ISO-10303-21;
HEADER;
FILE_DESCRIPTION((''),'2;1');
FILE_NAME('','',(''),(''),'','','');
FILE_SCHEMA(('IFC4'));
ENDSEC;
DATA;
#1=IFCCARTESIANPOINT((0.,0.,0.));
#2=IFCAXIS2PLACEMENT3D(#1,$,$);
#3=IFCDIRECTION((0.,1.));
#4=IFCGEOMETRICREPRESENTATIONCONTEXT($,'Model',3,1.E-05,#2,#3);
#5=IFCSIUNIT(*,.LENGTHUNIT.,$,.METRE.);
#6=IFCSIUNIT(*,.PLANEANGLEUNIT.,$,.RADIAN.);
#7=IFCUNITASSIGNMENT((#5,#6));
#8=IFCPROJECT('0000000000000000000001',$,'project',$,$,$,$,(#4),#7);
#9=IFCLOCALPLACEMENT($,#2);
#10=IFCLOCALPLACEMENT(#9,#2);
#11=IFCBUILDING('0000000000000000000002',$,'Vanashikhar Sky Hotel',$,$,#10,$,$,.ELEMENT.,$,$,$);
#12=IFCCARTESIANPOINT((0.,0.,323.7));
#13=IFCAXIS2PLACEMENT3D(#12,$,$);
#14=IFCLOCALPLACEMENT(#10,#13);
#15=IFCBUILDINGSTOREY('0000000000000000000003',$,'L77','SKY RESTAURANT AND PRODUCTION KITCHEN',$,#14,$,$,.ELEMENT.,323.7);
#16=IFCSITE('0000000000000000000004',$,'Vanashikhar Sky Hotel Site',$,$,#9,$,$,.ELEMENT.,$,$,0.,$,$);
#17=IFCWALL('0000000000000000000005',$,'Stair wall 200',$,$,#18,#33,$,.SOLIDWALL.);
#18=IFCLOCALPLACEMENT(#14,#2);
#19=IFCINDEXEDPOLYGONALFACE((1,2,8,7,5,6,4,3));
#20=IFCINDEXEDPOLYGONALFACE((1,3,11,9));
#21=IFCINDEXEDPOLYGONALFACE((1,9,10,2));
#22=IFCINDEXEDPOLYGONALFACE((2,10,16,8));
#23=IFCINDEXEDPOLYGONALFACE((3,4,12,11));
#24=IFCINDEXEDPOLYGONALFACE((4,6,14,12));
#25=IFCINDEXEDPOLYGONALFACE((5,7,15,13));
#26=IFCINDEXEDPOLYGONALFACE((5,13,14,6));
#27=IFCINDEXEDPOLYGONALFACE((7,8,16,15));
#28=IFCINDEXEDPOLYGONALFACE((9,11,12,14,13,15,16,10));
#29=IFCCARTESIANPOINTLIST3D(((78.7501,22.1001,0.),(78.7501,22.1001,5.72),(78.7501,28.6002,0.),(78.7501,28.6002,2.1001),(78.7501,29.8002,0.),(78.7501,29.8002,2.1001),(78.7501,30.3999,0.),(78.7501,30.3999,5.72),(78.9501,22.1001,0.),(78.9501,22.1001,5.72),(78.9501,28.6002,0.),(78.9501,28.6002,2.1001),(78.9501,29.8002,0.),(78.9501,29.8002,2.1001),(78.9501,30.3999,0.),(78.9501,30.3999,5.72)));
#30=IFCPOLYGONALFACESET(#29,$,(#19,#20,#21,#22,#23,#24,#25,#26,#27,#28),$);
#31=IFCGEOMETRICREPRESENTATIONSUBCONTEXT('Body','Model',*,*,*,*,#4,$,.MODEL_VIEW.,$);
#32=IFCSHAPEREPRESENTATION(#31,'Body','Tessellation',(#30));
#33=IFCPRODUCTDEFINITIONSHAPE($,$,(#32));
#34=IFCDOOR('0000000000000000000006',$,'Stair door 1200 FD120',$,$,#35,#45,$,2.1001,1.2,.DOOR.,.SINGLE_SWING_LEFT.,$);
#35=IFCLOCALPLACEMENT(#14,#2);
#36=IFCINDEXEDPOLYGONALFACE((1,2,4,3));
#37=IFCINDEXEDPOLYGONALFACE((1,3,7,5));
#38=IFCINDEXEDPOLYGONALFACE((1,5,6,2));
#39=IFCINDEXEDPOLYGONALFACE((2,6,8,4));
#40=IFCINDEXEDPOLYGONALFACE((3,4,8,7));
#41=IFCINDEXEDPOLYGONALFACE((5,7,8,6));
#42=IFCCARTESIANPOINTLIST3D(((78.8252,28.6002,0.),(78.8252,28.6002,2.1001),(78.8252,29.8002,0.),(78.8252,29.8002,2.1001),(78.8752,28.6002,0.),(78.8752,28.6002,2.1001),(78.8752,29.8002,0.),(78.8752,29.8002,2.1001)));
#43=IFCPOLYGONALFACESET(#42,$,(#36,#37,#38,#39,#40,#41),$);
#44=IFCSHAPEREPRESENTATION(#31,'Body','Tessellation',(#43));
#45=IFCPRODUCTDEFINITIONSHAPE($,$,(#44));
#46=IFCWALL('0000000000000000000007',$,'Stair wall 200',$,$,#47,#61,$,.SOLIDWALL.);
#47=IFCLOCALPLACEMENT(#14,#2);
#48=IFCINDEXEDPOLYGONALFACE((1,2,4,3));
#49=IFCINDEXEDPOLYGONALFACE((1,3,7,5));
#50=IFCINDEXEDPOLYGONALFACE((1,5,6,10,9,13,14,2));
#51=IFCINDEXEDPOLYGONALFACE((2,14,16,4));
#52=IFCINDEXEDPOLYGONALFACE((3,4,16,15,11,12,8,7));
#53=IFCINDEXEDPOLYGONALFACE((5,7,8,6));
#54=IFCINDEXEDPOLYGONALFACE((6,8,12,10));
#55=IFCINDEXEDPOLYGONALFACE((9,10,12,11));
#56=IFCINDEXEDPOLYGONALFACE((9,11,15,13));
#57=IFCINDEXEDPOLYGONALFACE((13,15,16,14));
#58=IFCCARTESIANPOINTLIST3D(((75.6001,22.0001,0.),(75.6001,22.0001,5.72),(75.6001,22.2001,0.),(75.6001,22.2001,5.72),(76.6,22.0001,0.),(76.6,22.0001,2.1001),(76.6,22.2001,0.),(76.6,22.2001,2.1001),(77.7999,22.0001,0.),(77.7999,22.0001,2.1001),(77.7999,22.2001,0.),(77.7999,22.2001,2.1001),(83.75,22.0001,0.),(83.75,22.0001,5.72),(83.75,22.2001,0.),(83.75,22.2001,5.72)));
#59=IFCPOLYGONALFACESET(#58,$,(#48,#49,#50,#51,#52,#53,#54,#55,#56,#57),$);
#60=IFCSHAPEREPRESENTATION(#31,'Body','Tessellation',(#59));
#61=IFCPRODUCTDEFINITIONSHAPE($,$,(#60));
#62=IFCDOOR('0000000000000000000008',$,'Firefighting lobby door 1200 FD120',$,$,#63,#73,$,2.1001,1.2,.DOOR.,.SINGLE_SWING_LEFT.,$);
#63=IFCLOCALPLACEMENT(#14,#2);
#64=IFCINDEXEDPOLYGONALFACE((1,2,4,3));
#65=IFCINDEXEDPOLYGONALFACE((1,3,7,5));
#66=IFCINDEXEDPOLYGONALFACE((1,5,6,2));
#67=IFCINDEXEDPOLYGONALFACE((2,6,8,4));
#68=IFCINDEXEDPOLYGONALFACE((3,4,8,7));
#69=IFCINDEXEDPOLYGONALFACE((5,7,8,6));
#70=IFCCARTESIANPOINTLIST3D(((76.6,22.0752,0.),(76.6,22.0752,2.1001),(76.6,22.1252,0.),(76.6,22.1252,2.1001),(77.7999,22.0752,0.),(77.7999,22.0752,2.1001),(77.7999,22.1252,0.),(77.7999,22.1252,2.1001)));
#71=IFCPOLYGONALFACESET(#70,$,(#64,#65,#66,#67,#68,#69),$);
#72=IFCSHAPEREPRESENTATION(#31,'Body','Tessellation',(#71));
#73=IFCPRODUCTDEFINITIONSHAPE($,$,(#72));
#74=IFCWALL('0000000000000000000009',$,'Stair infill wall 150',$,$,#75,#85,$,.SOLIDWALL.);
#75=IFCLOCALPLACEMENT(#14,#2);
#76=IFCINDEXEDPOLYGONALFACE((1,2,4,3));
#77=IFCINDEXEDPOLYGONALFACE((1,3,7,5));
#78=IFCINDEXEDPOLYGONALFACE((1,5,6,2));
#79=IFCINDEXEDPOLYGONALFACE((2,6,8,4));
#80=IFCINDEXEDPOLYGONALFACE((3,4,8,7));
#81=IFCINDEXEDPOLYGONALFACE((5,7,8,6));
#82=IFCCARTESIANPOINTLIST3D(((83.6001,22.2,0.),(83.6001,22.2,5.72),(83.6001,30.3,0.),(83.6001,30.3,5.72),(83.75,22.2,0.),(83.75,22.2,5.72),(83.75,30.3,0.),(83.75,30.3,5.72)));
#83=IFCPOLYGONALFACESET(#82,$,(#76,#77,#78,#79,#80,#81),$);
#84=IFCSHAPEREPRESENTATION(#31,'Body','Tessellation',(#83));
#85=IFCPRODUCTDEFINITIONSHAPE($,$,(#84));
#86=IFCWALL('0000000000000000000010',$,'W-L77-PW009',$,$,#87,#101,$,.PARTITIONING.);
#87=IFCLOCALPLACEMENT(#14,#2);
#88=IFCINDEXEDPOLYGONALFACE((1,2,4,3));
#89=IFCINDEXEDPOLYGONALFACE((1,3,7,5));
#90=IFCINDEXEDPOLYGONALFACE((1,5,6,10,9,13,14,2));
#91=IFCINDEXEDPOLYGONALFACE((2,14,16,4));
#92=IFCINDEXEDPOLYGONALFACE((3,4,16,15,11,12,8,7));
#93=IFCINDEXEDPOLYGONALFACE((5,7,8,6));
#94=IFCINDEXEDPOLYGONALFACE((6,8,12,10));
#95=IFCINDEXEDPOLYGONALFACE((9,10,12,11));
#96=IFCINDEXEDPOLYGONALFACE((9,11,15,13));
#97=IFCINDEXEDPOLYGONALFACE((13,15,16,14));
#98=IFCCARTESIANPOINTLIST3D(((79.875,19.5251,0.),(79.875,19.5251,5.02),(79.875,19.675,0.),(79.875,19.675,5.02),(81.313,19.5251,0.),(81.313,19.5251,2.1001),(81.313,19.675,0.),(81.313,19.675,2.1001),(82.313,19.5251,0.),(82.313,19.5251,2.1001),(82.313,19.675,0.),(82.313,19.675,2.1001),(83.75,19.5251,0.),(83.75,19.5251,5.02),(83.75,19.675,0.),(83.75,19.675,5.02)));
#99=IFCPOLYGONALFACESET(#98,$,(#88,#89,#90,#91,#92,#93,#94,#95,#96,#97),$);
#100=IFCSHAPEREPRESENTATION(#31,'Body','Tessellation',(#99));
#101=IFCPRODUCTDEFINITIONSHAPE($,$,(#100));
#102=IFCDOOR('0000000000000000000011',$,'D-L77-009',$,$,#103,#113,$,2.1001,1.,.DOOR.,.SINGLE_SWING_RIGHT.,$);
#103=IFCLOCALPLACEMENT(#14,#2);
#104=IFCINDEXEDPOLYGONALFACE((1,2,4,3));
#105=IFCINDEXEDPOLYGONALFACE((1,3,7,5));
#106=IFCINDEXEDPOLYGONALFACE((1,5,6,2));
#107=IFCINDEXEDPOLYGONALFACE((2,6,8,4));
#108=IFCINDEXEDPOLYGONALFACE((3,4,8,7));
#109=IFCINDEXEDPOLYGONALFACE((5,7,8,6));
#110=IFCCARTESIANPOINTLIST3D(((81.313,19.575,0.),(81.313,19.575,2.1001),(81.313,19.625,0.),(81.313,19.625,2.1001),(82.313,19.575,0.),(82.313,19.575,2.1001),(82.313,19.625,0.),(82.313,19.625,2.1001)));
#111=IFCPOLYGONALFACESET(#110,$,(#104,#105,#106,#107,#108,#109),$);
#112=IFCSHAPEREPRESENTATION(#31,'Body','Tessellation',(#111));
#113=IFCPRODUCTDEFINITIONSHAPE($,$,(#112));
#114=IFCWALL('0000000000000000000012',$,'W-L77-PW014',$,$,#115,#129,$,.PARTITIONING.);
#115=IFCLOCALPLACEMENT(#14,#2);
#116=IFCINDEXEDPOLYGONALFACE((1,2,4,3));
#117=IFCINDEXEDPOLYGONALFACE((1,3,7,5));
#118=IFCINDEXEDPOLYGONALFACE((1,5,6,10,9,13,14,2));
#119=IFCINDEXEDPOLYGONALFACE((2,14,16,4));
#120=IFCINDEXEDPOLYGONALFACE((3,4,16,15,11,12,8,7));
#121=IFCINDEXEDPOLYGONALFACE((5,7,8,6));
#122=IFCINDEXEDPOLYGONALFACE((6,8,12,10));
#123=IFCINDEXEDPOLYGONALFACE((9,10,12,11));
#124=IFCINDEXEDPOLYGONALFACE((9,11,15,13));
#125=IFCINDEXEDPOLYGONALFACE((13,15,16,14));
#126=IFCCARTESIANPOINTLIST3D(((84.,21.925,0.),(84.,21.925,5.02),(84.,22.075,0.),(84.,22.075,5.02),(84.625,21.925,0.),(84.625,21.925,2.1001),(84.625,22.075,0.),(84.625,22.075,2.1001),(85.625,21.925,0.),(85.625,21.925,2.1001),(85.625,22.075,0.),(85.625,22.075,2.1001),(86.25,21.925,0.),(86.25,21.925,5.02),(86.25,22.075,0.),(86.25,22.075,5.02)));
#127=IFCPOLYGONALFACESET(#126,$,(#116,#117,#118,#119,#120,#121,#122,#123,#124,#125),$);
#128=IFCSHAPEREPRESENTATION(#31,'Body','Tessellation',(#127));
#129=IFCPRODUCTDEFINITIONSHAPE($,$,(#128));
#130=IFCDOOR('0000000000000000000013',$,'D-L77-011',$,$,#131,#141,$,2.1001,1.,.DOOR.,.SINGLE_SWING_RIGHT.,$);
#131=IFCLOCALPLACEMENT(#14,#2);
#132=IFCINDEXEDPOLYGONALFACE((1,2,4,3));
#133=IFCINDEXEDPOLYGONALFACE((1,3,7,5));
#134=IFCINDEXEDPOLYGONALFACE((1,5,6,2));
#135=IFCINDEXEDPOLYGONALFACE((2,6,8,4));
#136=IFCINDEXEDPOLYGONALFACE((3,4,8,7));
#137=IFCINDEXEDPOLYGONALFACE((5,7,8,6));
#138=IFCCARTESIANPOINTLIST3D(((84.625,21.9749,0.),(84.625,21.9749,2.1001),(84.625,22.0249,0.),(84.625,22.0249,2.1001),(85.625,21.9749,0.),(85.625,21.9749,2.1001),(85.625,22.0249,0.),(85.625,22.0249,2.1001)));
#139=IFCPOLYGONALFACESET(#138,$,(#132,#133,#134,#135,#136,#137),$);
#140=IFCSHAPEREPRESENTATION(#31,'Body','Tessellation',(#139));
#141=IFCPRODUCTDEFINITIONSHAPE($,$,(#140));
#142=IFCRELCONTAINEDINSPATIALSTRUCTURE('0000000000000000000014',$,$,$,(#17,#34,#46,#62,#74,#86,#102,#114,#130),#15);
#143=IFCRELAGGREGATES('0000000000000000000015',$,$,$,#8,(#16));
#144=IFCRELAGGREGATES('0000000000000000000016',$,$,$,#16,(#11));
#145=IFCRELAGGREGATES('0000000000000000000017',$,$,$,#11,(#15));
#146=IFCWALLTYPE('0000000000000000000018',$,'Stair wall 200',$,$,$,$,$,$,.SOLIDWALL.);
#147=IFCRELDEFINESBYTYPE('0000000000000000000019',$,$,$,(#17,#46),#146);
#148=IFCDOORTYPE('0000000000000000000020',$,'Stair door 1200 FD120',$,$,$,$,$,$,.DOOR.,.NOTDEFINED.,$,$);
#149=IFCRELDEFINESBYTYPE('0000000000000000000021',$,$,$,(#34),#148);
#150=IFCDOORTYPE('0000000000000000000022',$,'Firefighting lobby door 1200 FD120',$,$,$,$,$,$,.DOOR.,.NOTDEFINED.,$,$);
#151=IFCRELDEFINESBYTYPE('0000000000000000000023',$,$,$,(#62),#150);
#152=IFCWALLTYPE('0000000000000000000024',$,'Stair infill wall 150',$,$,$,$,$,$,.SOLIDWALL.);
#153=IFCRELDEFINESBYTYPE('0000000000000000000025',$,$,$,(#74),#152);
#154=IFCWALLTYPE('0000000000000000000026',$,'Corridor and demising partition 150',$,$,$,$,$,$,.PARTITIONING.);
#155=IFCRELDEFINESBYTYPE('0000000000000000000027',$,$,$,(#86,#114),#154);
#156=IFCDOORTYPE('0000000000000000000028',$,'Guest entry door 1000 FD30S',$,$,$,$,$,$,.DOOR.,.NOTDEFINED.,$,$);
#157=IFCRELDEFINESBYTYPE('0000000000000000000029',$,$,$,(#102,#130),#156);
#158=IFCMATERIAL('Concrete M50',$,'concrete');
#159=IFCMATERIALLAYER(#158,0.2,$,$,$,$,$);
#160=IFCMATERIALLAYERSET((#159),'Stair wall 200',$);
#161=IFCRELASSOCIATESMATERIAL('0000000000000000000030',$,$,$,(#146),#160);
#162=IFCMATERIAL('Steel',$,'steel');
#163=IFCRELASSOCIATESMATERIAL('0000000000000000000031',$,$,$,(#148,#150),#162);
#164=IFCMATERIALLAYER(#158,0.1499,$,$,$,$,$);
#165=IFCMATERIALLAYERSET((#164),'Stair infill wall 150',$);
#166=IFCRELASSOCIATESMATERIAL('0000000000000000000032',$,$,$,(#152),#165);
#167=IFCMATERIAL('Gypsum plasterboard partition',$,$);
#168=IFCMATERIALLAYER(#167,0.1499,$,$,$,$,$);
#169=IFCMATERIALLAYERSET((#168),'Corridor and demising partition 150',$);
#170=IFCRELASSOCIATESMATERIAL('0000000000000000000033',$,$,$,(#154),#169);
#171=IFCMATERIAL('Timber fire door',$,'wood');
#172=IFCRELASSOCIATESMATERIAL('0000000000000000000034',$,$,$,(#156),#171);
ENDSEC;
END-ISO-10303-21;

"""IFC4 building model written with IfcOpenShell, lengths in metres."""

from ifc_helpers import new_model, si_unit, direction, frame, frame_2d, origin, place, context, subcontext, project, spatial, rectangle, extrude, source, transform, mapped, material, layer, layer_set, type_object, element, fill, save


model = new_model("IFC4")

# Units and contexts
model_context = context("Model", 3, precision=1e-05, world=origin(), true_north=direction((0.0, 1.0)))
body_context = subcontext(model_context, "Body", "Model", "MODEL_VIEW")
ifc_project = project(units=[si_unit("LENGTHUNIT", "METRE"), si_unit("PLANEANGLEUNIT", "RADIAN")], contexts=[model_context])

# Site, building, storey
site_placement = place(None, origin())
site = spatial("IfcSite", under=ifc_project, at=site_placement, Name="Vanashikhar Sky Hotel Site", CompositionType="ELEMENT", RefElevation=0.0)
building_placement = place(site_placement, origin())
building = spatial("IfcBuilding", under=site, at=building_placement, Name="Vanashikhar Sky Hotel", CompositionType="ELEMENT")
storey_placement = place(building_placement, frame((0.0, 0.0, 323.7)))
storey = spatial("IfcBuildingStorey", under=building, at=storey_placement, Name="L77", Description="SKY RESTAURANT AND PRODUCTION KITCHEN", CompositionType="ELEMENT", Elevation=323.7)

# Shared definitions
ifc_material_1 = material(Name="Concrete M50", Category="concrete")

# Walls, openings, doors
ifc_layer_1 = layer(ifc_material_1, 0.2)
ifc_layer_set_1 = layer_set([ifc_layer_1], Name="Stair wall 200")
wall_type_1 = type_object("IfcWallType", Name="Stair wall 200", PredefinedType="SOLIDWALL", material=ifc_layer_set_1)
shared_shape_1 = source(origin(), body_context, "Body", "SweptSolid", [
    extrude(rectangle(XDim=8.2998, YDim=0.2, at=frame_2d((4.1499, 0.0))), origin(), (0.0, 0.0, 1.0), 5.72),
])
wall_1_placement = place(storey_placement, frame((78.8501, 22.1001, 0.0), z_axis=(0.0, 0.0, 1.0), x_axis=(0.0, 1.0, 0.0)))
wall_1 = element("IfcWall", 1, at=wall_1_placement, inside=storey, type_object=wall_type_1, Name="Stair wall 200", PredefinedType="SOLIDWALL", context=body_context, shape_type="MappedRepresentation", body=[
    mapped(shared_shape_1, transform((0.0, 0.0, 0.0), scale=1.0)),
])
shared_shape_2 = source(origin(), body_context, "Body", "SweptSolid", [
    extrude(rectangle(XDim=1.2, YDim=2.1001, at=frame_2d((0.6001, 1.05))), frame((0.0, 0.1099, 0.0), z_axis=(0.0, -1.0, 0.0), x_axis=(1.0, 0.0, 0.0)), (0.0, 0.0, 1.0), 0.22),
])
opening_1_placement = place(wall_1_placement, frame((6.5, 0.0, 0.0)))
opening_1 = element("IfcOpeningElement", 2, at=opening_1_placement, cuts=wall_1, PredefinedType="OPENING", context=body_context, shape_type="MappedRepresentation", body=[
    mapped(shared_shape_2, transform((0.0, 0.0, 0.0), scale=1.0)),
])
ifc_material_2 = material(Name="Steel", Category="steel")
door_type_1 = type_object("IfcDoorType", Name="Stair door 1200 FD120", OperationType="NOTDEFINED", PredefinedType="DOOR", material=ifc_material_2)
shared_shape_3 = source(origin(), body_context, "Body", "SweptSolid", [
    extrude(rectangle(XDim=1.2, YDim=2.1001, at=frame_2d((0.6001, 1.05))), frame((0.0, 0.0249, 0.0), z_axis=(0.0, -1.0, 0.0), x_axis=(1.0, 0.0, 0.0)), (0.0, 0.0, 1.0), 0.05),
])
door_1_placement = place(opening_1_placement, origin())
door_1 = element("IfcDoor", 3, at=door_1_placement, inside=storey, type_object=door_type_1, Name="Stair door 1200 FD120", OperationType="SINGLE_SWING_LEFT", OverallHeight=2.1001, OverallWidth=1.2, PredefinedType="DOOR", context=body_context, shape_type="MappedRepresentation", body=[
    mapped(shared_shape_3, transform((0.0, 0.0, 0.0), scale=1.0)),
])
fill(opening_1, door_1)
shared_shape_4 = source(origin(), body_context, "Body", "SweptSolid", [
    extrude(rectangle(XDim=8.1499, YDim=0.2, at=frame_2d((4.075, 0.0))), origin(), (0.0, 0.0, 1.0), 5.72),
])
wall_2_placement = place(storey_placement, frame((83.75, 22.1001, 0.0), z_axis=(0.0, 0.0, 1.0), x_axis=(-1.0, 0.0, 0.0)))
wall_2 = element("IfcWall", 4, at=wall_2_placement, inside=storey, type_object=wall_type_1, Name="Stair wall 200", PredefinedType="SOLIDWALL", context=body_context, shape_type="MappedRepresentation", body=[
    mapped(shared_shape_4, transform((0.0, 0.0, 0.0), scale=1.0)),
])
opening_2_placement = place(wall_2_placement, frame((5.95, 0.0, 0.0)))
opening_2 = element("IfcOpeningElement", 5, at=opening_2_placement, cuts=wall_2, PredefinedType="OPENING", context=body_context, shape_type="MappedRepresentation", body=[
    mapped(shared_shape_2, transform((0.0, 0.0, 0.0), scale=1.0)),
])
door_type_2 = type_object("IfcDoorType", Name="Firefighting lobby door 1200 FD120", OperationType="NOTDEFINED", PredefinedType="DOOR", material=ifc_material_2)
door_2_placement = place(opening_2_placement, origin())
door_2 = element("IfcDoor", 6, at=door_2_placement, inside=storey, type_object=door_type_2, Name="Firefighting lobby door 1200 FD120", OperationType="SINGLE_SWING_LEFT", OverallHeight=2.1001, OverallWidth=1.2, PredefinedType="DOOR", context=body_context, shape_type="MappedRepresentation", body=[
    mapped(shared_shape_3, transform((0.0, 0.0, 0.0), scale=1.0)),
])
fill(opening_2, door_2)

# Wall
ifc_layer_2 = layer(ifc_material_1, 0.1499)
ifc_layer_set_2 = layer_set([ifc_layer_2], Name="Stair infill wall 150")
wall_type_2 = type_object("IfcWallType", Name="Stair infill wall 150", PredefinedType="SOLIDWALL", material=ifc_layer_set_2)
shared_shape_5 = source(origin(), body_context, "Body", "SweptSolid", [
    extrude(rectangle(XDim=8.1001, YDim=0.1499, at=frame_2d((4.05, 0.0))), origin(), (0.0, 0.0, 1.0), 5.72),
])
wall_3_placement = place(storey_placement, frame((83.675, 22.2, 0.0), z_axis=(0.0, 0.0, 1.0), x_axis=(0.0, 1.0, 0.0)))
element("IfcWall", 7, at=wall_3_placement, inside=storey, type_object=wall_type_2, Name="Stair infill wall 150", PredefinedType="SOLIDWALL", context=body_context, shape_type="MappedRepresentation", body=[
    mapped(shared_shape_5, transform((0.0, 0.0, 0.0), scale=1.0)),
])

# Walls, openings, doors
ifc_material_3 = material(Name="Gypsum plasterboard partition")
ifc_layer_3 = layer(ifc_material_3, 0.1499)
ifc_layer_set_3 = layer_set([ifc_layer_3], Name="Corridor and demising partition 150")
wall_type_3 = type_object("IfcWallType", Name="Corridor and demising partition 150", PredefinedType="PARTITIONING", material=ifc_layer_set_3)
shared_shape_6 = source(origin(), body_context, "Body", "SweptSolid", [
    extrude(rectangle(XDim=3.875, YDim=0.1499, at=frame_2d((1.9375, 0.0))), origin(), (0.0, 0.0, 1.0), 5.02),
])
wall_4_placement = place(storey_placement, frame((79.875, 19.6001, 0.0), z_axis=(0.0, 0.0, 1.0), x_axis=(1.0, 0.0, 0.0)))
wall_4 = element("IfcWall", 8, at=wall_4_placement, inside=storey, type_object=wall_type_3, Name="W-L77-PW009", PredefinedType="PARTITIONING", context=body_context, shape_type="MappedRepresentation", body=[
    mapped(shared_shape_6, transform((0.0, 0.0, 0.0), scale=1.0)),
])
shared_shape_7 = source(origin(), body_context, "Body", "SweptSolid", [
    extrude(rectangle(XDim=1.0, YDim=2.1001, at=frame_2d((0.5, 1.05))), frame((0.0, 0.085, 0.0), z_axis=(0.0, -1.0, 0.0), x_axis=(1.0, 0.0, 0.0)), (0.0, 0.0, 1.0), 0.1699),
])
opening_3_placement = place(wall_4_placement, frame((1.438, 0.0, 0.0)))
opening_3 = element("IfcOpeningElement", 9, at=opening_3_placement, cuts=wall_4, PredefinedType="OPENING", context=body_context, shape_type="MappedRepresentation", body=[
    mapped(shared_shape_7, transform((0.0, 0.0, 0.0), scale=1.0)),
])
ifc_material_4 = material(Name="Timber fire door", Category="wood")
door_type_3 = type_object("IfcDoorType", Name="Guest entry door 1000 FD30S", OperationType="NOTDEFINED", PredefinedType="DOOR", material=ifc_material_4)
shared_shape_8 = source(origin(), body_context, "Body", "SweptSolid", [
    extrude(rectangle(XDim=1.0, YDim=2.1001, at=frame_2d((0.5, 1.05))), frame((0.0, 0.0249, 0.0), z_axis=(0.0, -1.0, 0.0), x_axis=(1.0, 0.0, 0.0)), (0.0, 0.0, 1.0), 0.05),
])
door_3_placement = place(opening_3_placement, origin())
door_3 = element("IfcDoor", 10, at=door_3_placement, inside=storey, type_object=door_type_3, Name="D-L77-009", OperationType="SINGLE_SWING_RIGHT", OverallHeight=2.1001, OverallWidth=1.0, PredefinedType="DOOR", context=body_context, shape_type="MappedRepresentation", body=[
    mapped(shared_shape_8, transform((0.0, 0.0, 0.0), scale=1.0)),
])
fill(opening_3, door_3)
shared_shape_9 = source(origin(), body_context, "Body", "SweptSolid", [
    extrude(rectangle(XDim=2.25, YDim=0.1499, at=frame_2d((1.125, 0.0))), origin(), (0.0, 0.0, 1.0), 5.02),
])
wall_5_placement = place(storey_placement, frame((84.0, 22.0, 0.0), z_axis=(0.0, 0.0, 1.0), x_axis=(1.0, 0.0, 0.0)))
wall_5 = element("IfcWall", 11, at=wall_5_placement, inside=storey, type_object=wall_type_3, Name="W-L77-PW014", PredefinedType="PARTITIONING", context=body_context, shape_type="MappedRepresentation", body=[
    mapped(shared_shape_9, transform((0.0, 0.0, 0.0), scale=1.0)),
])
opening_4_placement = place(wall_5_placement, frame((0.625, 0.0, 0.0)))
opening_4 = element("IfcOpeningElement", 12, at=opening_4_placement, cuts=wall_5, PredefinedType="OPENING", context=body_context, shape_type="MappedRepresentation", body=[
    mapped(shared_shape_7, transform((0.0, 0.0, 0.0), scale=1.0)),
])
door_4_placement = place(opening_4_placement, origin())
door_4 = element("IfcDoor", 13, at=door_4_placement, inside=storey, type_object=door_type_3, Name="D-L77-011", OperationType="SINGLE_SWING_RIGHT", OverallHeight=2.1001, OverallWidth=1.0, PredefinedType="DOOR", context=body_context, shape_type="MappedRepresentation", body=[
    mapped(shared_shape_8, transform((0.0, 0.0, 0.0), scale=1.0)),
])
fill(opening_4, door_4)

save(model, "model.ifc")
